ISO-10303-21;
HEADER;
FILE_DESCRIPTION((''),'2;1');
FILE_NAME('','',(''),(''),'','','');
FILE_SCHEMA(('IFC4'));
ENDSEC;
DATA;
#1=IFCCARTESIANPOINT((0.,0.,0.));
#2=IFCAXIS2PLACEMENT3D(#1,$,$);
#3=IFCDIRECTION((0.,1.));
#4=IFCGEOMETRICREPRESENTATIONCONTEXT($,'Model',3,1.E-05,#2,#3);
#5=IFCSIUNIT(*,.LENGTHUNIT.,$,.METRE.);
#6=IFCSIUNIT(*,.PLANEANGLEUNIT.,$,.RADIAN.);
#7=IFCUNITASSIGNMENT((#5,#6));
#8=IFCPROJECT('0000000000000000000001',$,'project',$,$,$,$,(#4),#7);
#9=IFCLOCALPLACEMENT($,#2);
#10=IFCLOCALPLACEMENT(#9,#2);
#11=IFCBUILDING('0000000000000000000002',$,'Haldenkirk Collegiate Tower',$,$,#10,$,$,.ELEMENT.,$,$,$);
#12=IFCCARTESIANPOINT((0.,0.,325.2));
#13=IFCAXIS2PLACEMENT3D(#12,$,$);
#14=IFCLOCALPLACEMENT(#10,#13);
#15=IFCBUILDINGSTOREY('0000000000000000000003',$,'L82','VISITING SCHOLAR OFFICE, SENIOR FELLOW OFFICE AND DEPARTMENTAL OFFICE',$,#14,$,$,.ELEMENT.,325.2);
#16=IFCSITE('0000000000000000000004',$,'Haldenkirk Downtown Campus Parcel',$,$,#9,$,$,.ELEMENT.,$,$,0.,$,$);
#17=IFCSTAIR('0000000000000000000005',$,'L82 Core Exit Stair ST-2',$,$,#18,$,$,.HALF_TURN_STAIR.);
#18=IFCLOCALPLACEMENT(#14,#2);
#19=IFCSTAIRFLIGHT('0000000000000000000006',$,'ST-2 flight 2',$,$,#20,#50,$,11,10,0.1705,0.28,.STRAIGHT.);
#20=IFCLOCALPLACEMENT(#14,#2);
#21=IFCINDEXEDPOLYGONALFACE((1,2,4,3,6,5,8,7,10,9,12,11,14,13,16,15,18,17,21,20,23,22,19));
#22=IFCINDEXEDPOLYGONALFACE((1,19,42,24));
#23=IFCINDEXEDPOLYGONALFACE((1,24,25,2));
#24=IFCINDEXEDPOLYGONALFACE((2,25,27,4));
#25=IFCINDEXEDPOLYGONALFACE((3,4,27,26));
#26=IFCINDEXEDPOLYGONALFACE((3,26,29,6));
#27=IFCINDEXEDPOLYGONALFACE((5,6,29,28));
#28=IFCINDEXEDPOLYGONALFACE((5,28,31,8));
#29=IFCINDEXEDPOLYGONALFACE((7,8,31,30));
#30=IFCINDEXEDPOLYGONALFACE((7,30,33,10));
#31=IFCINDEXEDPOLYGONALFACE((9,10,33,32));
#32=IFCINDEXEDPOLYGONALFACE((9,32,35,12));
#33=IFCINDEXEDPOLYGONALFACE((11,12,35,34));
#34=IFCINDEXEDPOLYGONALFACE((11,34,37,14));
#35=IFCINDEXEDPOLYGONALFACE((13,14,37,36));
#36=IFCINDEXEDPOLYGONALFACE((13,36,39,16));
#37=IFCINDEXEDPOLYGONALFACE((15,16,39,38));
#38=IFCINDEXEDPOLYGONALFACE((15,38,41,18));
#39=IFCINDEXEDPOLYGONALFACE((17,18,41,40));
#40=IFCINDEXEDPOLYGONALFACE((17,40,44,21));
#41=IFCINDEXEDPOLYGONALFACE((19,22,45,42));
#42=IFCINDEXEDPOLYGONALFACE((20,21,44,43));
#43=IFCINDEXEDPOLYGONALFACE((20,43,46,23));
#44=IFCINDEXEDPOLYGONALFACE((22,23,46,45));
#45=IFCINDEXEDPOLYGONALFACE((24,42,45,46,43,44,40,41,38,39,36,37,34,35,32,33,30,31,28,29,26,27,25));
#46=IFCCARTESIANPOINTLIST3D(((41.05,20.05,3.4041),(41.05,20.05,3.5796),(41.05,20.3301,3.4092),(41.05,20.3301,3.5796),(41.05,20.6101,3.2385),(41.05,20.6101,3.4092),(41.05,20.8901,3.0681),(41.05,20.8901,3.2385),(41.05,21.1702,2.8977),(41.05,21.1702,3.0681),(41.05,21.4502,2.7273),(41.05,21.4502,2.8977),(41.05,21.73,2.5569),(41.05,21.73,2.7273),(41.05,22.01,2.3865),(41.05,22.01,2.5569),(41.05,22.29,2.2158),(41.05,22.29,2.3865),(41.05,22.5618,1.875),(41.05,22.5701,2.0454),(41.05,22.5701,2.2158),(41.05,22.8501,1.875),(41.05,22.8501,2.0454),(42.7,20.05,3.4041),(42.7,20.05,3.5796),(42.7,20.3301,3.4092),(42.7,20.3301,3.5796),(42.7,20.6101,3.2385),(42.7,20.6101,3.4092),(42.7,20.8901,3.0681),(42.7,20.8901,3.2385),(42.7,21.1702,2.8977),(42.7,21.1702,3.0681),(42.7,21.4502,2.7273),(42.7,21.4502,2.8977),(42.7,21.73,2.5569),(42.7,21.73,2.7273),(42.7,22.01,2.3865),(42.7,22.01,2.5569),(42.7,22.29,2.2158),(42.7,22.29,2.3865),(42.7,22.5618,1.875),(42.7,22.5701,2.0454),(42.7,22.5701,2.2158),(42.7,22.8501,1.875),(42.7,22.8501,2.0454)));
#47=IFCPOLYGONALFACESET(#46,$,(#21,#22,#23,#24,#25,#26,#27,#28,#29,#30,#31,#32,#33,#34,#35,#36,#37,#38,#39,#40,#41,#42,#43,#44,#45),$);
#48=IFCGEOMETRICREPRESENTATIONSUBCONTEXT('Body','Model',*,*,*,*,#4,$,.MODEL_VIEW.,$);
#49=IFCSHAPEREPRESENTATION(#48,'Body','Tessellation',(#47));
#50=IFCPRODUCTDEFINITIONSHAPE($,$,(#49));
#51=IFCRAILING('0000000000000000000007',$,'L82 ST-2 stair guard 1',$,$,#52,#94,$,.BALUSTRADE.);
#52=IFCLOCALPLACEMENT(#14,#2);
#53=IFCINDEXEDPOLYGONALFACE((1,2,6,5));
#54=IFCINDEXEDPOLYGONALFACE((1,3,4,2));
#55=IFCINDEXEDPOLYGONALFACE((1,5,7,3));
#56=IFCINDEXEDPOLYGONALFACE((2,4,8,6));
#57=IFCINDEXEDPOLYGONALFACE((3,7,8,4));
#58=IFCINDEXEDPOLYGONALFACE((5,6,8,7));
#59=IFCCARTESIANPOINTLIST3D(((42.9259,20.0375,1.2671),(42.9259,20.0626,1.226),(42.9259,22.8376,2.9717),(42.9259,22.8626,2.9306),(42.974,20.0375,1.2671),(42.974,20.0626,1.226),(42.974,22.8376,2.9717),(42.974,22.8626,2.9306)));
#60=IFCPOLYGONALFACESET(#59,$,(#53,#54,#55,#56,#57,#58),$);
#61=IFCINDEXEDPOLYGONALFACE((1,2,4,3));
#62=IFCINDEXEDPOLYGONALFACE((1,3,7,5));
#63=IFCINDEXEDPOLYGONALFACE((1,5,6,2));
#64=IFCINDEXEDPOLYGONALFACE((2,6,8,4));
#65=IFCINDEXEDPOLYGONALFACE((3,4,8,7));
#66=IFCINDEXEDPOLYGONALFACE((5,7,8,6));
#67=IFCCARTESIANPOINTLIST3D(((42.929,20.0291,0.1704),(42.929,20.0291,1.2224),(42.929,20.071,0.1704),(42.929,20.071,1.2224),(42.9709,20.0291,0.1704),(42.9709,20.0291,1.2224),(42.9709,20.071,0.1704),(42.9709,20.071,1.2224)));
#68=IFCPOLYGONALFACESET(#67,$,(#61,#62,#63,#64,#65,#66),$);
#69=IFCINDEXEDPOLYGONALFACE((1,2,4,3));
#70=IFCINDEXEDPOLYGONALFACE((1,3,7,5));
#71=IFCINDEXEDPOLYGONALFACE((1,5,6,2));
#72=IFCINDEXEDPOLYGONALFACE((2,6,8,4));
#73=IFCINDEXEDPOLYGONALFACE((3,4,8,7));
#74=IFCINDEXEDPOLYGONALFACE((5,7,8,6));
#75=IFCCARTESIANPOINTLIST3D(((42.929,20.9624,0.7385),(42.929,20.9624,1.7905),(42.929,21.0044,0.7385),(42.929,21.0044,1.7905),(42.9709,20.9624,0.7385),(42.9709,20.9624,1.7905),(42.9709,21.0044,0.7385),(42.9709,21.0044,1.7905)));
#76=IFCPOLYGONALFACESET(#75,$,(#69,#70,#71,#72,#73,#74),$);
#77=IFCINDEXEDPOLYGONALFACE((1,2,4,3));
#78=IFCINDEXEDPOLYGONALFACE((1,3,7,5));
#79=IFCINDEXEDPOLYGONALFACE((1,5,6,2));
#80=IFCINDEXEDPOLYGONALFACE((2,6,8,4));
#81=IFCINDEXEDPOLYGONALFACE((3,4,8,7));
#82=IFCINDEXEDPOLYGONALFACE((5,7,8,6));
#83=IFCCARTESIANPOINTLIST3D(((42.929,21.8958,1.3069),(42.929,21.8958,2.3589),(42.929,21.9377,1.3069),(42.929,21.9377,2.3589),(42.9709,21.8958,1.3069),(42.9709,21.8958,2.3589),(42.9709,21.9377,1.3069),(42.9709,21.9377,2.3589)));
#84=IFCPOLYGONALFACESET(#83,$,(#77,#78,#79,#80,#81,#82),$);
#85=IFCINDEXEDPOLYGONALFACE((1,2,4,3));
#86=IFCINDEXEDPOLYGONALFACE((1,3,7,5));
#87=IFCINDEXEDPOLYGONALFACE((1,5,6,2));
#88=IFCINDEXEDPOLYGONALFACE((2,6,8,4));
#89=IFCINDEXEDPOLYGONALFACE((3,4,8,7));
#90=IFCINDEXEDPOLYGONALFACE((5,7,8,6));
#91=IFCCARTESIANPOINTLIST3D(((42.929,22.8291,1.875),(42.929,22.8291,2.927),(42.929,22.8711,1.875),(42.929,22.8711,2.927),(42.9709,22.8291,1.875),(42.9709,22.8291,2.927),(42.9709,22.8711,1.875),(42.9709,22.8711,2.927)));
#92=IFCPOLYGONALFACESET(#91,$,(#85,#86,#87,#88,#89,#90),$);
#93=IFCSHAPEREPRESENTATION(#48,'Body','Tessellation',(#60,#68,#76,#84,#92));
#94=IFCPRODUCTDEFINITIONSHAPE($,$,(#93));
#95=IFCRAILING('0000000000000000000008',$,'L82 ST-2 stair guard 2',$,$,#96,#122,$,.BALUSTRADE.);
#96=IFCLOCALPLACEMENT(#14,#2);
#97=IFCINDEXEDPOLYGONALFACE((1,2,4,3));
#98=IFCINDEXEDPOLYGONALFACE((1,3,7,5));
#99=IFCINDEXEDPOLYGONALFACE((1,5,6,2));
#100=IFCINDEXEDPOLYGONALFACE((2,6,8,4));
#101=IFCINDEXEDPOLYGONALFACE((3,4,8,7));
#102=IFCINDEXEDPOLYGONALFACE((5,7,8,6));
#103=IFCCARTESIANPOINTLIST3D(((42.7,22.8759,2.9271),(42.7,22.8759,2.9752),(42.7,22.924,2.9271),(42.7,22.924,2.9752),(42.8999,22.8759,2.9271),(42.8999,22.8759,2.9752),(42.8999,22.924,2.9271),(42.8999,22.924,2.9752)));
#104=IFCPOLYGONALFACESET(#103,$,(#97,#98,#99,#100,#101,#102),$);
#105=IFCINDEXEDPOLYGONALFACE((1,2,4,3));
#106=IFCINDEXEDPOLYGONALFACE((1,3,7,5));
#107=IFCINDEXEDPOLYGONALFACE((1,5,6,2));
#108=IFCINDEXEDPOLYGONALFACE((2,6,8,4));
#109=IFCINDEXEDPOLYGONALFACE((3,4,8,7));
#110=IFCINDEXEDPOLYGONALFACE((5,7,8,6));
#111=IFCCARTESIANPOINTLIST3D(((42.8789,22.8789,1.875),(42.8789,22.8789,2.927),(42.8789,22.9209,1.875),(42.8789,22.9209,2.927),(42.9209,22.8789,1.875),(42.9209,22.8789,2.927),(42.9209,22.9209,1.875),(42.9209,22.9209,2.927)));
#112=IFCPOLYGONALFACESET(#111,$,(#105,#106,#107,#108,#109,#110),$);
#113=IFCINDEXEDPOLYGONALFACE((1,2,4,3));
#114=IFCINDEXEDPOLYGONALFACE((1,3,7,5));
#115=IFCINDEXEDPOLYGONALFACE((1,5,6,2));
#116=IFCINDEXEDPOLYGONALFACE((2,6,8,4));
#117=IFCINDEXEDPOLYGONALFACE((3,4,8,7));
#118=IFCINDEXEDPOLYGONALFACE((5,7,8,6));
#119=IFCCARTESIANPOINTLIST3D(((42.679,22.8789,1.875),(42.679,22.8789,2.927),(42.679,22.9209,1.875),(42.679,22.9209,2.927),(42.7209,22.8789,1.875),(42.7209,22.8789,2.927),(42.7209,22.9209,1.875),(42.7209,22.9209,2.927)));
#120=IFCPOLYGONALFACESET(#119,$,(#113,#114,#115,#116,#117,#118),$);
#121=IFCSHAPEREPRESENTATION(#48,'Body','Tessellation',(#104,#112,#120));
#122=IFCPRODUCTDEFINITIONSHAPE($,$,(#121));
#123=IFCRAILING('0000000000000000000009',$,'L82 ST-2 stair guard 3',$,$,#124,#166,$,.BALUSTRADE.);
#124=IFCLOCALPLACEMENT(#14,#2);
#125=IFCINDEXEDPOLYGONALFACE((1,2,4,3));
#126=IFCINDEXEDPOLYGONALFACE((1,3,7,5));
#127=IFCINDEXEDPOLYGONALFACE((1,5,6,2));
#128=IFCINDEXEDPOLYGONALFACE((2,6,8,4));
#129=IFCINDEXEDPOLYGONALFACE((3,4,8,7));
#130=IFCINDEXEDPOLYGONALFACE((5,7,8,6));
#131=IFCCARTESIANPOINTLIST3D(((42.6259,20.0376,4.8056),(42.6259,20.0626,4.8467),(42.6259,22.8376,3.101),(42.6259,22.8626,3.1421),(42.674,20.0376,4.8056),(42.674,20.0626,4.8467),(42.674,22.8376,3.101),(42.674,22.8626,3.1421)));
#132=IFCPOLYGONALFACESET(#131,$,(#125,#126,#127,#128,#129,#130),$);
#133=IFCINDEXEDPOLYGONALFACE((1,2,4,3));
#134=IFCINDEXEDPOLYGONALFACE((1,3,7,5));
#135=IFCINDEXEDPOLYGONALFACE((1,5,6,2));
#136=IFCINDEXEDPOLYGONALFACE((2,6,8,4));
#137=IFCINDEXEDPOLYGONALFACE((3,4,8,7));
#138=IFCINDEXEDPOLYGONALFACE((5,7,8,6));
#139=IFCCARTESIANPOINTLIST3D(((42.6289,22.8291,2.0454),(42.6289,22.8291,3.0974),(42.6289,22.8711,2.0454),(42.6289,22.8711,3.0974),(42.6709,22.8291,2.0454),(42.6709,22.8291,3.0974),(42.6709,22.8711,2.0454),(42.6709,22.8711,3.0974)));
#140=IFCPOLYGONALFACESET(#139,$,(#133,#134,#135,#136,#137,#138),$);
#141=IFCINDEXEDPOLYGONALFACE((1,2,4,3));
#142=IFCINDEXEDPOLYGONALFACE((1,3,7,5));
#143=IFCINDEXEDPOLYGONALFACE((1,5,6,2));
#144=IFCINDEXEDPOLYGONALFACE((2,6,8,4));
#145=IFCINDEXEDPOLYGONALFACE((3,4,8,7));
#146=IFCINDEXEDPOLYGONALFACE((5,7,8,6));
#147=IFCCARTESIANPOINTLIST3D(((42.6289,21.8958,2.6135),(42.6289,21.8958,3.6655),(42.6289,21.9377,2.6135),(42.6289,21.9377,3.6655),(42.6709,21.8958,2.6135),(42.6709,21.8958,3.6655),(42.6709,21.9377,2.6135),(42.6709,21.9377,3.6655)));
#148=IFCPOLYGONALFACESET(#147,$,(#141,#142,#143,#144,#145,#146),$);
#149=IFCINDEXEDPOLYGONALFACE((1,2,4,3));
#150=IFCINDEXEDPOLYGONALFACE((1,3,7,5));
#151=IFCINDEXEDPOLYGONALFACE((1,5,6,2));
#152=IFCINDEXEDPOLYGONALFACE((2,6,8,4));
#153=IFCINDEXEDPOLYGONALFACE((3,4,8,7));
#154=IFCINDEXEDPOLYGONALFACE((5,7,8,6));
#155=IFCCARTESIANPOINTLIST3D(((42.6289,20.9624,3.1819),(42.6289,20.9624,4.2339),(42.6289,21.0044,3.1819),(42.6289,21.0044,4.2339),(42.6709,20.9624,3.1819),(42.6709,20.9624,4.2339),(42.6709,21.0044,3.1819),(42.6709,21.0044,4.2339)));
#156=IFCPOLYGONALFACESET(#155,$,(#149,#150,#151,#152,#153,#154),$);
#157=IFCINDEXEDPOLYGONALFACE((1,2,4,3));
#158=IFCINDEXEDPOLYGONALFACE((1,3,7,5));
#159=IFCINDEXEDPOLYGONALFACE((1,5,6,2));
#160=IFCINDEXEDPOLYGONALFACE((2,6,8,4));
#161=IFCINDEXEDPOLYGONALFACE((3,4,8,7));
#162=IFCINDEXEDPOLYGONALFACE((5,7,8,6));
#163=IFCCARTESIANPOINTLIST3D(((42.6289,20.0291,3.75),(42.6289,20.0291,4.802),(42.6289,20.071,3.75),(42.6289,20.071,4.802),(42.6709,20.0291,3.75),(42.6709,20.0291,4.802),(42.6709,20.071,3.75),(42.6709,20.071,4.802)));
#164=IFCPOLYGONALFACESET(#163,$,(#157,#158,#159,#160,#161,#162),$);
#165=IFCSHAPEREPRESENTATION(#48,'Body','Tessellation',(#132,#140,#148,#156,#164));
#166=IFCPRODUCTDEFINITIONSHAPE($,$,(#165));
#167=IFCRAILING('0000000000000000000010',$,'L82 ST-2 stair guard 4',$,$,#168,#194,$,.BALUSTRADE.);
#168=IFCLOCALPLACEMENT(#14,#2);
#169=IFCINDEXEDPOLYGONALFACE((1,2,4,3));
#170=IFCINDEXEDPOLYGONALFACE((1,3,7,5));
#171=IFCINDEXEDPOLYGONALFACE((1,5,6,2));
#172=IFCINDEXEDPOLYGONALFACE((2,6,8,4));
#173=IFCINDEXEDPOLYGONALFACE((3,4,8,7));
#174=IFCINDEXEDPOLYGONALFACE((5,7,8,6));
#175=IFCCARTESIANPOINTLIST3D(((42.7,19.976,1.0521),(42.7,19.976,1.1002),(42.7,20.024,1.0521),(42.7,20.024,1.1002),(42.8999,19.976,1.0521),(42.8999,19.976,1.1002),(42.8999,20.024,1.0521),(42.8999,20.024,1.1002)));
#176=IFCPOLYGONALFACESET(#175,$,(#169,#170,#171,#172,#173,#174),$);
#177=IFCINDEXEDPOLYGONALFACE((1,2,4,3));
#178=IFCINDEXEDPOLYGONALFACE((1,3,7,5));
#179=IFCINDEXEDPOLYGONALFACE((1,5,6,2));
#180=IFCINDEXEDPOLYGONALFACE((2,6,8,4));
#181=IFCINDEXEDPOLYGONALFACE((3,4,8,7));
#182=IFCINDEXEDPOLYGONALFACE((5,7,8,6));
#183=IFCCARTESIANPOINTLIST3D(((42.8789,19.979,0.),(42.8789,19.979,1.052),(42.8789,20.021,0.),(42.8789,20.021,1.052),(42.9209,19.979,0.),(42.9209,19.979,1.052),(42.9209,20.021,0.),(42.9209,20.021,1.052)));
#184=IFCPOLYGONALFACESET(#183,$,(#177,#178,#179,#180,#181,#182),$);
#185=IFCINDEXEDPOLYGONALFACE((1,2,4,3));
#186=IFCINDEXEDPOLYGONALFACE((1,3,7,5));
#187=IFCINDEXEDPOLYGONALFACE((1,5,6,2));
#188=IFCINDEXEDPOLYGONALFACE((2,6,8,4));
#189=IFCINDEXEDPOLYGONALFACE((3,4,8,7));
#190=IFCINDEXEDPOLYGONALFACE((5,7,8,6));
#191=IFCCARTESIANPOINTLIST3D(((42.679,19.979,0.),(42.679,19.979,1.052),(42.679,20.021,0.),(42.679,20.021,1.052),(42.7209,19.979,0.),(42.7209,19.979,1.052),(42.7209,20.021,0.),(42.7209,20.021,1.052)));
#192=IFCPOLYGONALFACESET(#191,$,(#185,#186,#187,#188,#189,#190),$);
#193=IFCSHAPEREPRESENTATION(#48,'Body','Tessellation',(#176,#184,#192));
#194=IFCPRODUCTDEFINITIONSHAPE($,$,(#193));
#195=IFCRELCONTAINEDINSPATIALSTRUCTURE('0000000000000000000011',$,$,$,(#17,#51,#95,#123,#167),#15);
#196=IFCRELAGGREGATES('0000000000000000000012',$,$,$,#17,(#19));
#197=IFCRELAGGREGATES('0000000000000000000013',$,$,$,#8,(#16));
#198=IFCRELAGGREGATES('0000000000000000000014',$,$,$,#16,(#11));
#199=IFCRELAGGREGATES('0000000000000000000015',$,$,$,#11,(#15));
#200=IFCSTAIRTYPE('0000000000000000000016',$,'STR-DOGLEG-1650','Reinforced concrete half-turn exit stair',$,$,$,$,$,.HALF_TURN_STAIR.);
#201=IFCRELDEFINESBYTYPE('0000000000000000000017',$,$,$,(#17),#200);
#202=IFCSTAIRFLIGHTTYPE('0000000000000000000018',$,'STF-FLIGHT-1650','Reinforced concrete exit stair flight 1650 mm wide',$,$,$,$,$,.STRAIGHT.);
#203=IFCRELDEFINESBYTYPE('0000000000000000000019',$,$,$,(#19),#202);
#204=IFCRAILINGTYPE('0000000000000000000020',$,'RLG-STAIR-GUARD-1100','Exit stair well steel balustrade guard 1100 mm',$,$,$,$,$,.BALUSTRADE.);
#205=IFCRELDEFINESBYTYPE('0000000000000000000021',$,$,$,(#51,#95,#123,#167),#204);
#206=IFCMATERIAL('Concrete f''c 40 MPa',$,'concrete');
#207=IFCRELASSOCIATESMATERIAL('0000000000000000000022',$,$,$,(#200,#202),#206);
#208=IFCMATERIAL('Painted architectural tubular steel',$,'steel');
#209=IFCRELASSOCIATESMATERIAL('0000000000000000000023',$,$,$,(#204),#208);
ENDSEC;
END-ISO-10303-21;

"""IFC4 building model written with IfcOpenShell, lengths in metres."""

from ifc_helpers import new_model, si_unit, direction, frame, origin, origin_2d, place, context, subcontext, project, spatial, polyline, rectangle, outline, extrude, material, type_object, element, aggregate, save


model = new_model("IFC4")

# Units and contexts
model_context = context("Model", 3, precision=1e-05, world=origin(), true_north=direction((0.0, 1.0)))
body_context = subcontext(model_context, "Body", "Model", "MODEL_VIEW")
ifc_project = project(units=[si_unit("LENGTHUNIT", "METRE"), si_unit("PLANEANGLEUNIT", "RADIAN")], contexts=[model_context])

# Site, building, storey
site_placement = place(None, origin())
site = spatial("IfcSite", under=ifc_project, at=site_placement, Name="Haldenkirk Downtown Campus Parcel", CompositionType="ELEMENT", RefElevation=0.0)
building_placement = place(site_placement, origin())
building = spatial("IfcBuilding", under=site, at=building_placement, Name="Haldenkirk Collegiate Tower", CompositionType="ELEMENT")
storey_placement = place(building_placement, frame((0.0, 0.0, 325.2)))
storey = spatial("IfcBuildingStorey", under=building, at=storey_placement, Name="L82", Description="VISITING SCHOLAR OFFICE, SENIOR FELLOW OFFICE AND DEPARTMENTAL OFFICE", CompositionType="ELEMENT", Elevation=325.2)

# Stair, stair flight
ifc_material_1 = material(Name="Concrete f'c 40 MPa", Category="concrete")
stair_type = type_object("IfcStairType", Name="STR-DOGLEG-1650", Description="Reinforced concrete half-turn exit stair", PredefinedType="HALF_TURN_STAIR", material=ifc_material_1)
stair_placement = place(storey_placement, origin())
stair = element("IfcStair", 1, at=stair_placement, inside=storey, type_object=stair_type, Name="L82 Core Exit Stair ST-2", PredefinedType="HALF_TURN_STAIR")
stair_flight_type = type_object("IfcStairFlightType", Name="STF-FLIGHT-1650", Description="Reinforced concrete exit stair flight 1650 mm wide", PredefinedType="STRAIGHT", material=ifc_material_1)
stair_flight_1_placement = place(storey_placement, frame((41.875, 22.8501, 1.875), z_axis=(0.0, 0.0, 1.0), x_axis=(0.0, -1.0, 0.0)))
stair_flight_1 = element("IfcStairFlight", 2, at=stair_flight_1_placement, type_object=stair_flight_type, Name="ST-2 flight 2", NumberOfRisers=11, NumberOfTreads=10, PredefinedType="STRAIGHT", RiserHeight=0.1705, TreadLength=0.28, context=body_context, shape_type="SweptSolid", body=[
    extrude(outline(polyline([(0.0, 0.0), (0.0, 0.1704), (0.28, 0.1704), (0.28, 0.3408), (0.5601, 0.3408), (0.5601, 0.5115), (0.8401, 0.5115), (0.8401, 0.6819), (1.1201, 0.6819), (1.1201, 0.8523), (1.3999, 0.8523), (1.3999, 1.0227), (1.6799, 1.0227), (1.6799, 1.1931), (1.96, 1.1931), (1.96, 1.3635), (2.24, 1.3635), (2.24, 1.5342), (2.52, 1.5342), (2.52, 1.7046), (2.8, 1.7046), (2.8, 1.875), (2.8, 1.5291), (0.2883, 0.0), (0.0, 0.0)])), frame((0.0, 0.825, 0.0), z_axis=(0.0, -1.0, 0.0), x_axis=(1.0, 0.0, 0.0)), (0.0, 0.0, 1.0), 1.6499),
])
aggregate(stair, [stair_flight_1])

# Railings
ifc_material_2 = material(Name="Painted architectural tubular steel", Category="steel")
railing_type_1 = type_object("IfcRailingType", Name="RLG-STAIR-GUARD-1100", Description="Exit stair well steel balustrade guard 1100 mm", PredefinedType="BALUSTRADE", material=ifc_material_2)
railing_1_placement = place(storey_placement, frame((42.95, 20.05, 0.1704)))
element("IfcRailing", 3, at=railing_1_placement, inside=storey, type_object=railing_type_1, Name="L82 ST-2 stair guard 1", PredefinedType="BALUSTRADE", context=body_context, shape_type="SweptSolid", body=[
    extrude(rectangle(XDim=0.0481, YDim=0.0481, at=origin_2d()), frame((0.0, 0.0, 1.0762), z_axis=(0.0, 0.85417, 0.519994), x_axis=(-1.0, 0.0, 0.0)), (0.0, 0.0, 1.0), 3.2781),
    extrude(rectangle(XDim=0.042, YDim=0.042, at=origin_2d()), origin(), (0.0, 0.0, 1.0), 1.052),
    extrude(rectangle(XDim=0.042, YDim=0.042, at=origin_2d()), frame((0.0, 0.9333, 0.5681)), (0.0, 0.0, 1.0), 1.052),
    extrude(rectangle(XDim=0.042, YDim=0.042, at=origin_2d()), frame((0.0, 1.8667, 1.1365)), (0.0, 0.0, 1.0), 1.052),
    extrude(rectangle(XDim=0.042, YDim=0.042, at=origin_2d()), frame((0.0, 2.8, 1.7046)), (0.0, 0.0, 1.0), 1.052),
])
railing_2_placement = place(storey_placement, frame((42.8999, 22.8999, 1.875)))
element("IfcRailing", 4, at=railing_2_placement, inside=storey, type_object=railing_type_1, Name="L82 ST-2 stair guard 2", PredefinedType="BALUSTRADE", context=body_context, shape_type="SweptSolid", body=[
    extrude(rectangle(XDim=0.0481, YDim=0.0481, at=origin_2d()), frame((0.0, 0.0, 1.0762), z_axis=(-1.0, 0.0, 0.0), x_axis=(0.0, -1.0, 0.0)), (0.0, 0.0, 1.0), 0.2),
    extrude(rectangle(XDim=0.042, YDim=0.042, at=origin_2d()), origin(), (0.0, 0.0, 1.0), 1.052),
    extrude(rectangle(XDim=0.042, YDim=0.042, at=origin_2d()), frame((-0.2, 0.0, 0.0)), (0.0, 0.0, 1.0), 1.052),
])
railing_3_placement = place(storey_placement, frame((42.6499, 22.8501, 2.0454)))
element("IfcRailing", 5, at=railing_3_placement, inside=storey, type_object=railing_type_1, Name="L82 ST-2 stair guard 3", PredefinedType="BALUSTRADE", context=body_context, shape_type="SweptSolid", body=[
    extrude(rectangle(XDim=0.0481, YDim=0.0481, at=origin_2d()), frame((0.0, 0.0, 1.0762), z_axis=(0.0, -0.85417, 0.519994), x_axis=(1.0, 0.0, 0.0)), (0.0, 0.0, 1.0), 3.2781),
    extrude(rectangle(XDim=0.042, YDim=0.042, at=origin_2d()), origin(), (0.0, 0.0, 1.0), 1.052),
    extrude(rectangle(XDim=0.042, YDim=0.042, at=origin_2d()), frame((0.0, -0.9333, 0.5681)), (0.0, 0.0, 1.0), 1.052),
    extrude(rectangle(XDim=0.042, YDim=0.042, at=origin_2d()), frame((0.0, -1.8667, 1.1365)), (0.0, 0.0, 1.0), 1.052),
    extrude(rectangle(XDim=0.042, YDim=0.042, at=origin_2d()), frame((0.0, -2.8, 1.7046)), (0.0, 0.0, 1.0), 1.052),
])
railing_4_placement = place(storey_placement, frame((42.8999, 20.0, 0.0)))
element("IfcRailing", 6, at=railing_4_placement, inside=storey, type_object=railing_type_1, Name="L82 ST-2 stair guard 4", PredefinedType="BALUSTRADE", context=body_context, shape_type="SweptSolid", body=[
    extrude(rectangle(XDim=0.0481, YDim=0.0481, at=origin_2d()), frame((0.0, 0.0, 1.0762), z_axis=(-1.0, 0.0, 0.0), x_axis=(0.0, -1.0, 0.0)), (0.0, 0.0, 1.0), 0.2),
    extrude(rectangle(XDim=0.042, YDim=0.042, at=origin_2d()), origin(), (0.0, 0.0, 1.0), 1.052),
    extrude(rectangle(XDim=0.042, YDim=0.042, at=origin_2d()), frame((-0.2, 0.0, 0.0)), (0.0, 0.0, 1.0), 1.052),
])

save(model, "model.ifc")
